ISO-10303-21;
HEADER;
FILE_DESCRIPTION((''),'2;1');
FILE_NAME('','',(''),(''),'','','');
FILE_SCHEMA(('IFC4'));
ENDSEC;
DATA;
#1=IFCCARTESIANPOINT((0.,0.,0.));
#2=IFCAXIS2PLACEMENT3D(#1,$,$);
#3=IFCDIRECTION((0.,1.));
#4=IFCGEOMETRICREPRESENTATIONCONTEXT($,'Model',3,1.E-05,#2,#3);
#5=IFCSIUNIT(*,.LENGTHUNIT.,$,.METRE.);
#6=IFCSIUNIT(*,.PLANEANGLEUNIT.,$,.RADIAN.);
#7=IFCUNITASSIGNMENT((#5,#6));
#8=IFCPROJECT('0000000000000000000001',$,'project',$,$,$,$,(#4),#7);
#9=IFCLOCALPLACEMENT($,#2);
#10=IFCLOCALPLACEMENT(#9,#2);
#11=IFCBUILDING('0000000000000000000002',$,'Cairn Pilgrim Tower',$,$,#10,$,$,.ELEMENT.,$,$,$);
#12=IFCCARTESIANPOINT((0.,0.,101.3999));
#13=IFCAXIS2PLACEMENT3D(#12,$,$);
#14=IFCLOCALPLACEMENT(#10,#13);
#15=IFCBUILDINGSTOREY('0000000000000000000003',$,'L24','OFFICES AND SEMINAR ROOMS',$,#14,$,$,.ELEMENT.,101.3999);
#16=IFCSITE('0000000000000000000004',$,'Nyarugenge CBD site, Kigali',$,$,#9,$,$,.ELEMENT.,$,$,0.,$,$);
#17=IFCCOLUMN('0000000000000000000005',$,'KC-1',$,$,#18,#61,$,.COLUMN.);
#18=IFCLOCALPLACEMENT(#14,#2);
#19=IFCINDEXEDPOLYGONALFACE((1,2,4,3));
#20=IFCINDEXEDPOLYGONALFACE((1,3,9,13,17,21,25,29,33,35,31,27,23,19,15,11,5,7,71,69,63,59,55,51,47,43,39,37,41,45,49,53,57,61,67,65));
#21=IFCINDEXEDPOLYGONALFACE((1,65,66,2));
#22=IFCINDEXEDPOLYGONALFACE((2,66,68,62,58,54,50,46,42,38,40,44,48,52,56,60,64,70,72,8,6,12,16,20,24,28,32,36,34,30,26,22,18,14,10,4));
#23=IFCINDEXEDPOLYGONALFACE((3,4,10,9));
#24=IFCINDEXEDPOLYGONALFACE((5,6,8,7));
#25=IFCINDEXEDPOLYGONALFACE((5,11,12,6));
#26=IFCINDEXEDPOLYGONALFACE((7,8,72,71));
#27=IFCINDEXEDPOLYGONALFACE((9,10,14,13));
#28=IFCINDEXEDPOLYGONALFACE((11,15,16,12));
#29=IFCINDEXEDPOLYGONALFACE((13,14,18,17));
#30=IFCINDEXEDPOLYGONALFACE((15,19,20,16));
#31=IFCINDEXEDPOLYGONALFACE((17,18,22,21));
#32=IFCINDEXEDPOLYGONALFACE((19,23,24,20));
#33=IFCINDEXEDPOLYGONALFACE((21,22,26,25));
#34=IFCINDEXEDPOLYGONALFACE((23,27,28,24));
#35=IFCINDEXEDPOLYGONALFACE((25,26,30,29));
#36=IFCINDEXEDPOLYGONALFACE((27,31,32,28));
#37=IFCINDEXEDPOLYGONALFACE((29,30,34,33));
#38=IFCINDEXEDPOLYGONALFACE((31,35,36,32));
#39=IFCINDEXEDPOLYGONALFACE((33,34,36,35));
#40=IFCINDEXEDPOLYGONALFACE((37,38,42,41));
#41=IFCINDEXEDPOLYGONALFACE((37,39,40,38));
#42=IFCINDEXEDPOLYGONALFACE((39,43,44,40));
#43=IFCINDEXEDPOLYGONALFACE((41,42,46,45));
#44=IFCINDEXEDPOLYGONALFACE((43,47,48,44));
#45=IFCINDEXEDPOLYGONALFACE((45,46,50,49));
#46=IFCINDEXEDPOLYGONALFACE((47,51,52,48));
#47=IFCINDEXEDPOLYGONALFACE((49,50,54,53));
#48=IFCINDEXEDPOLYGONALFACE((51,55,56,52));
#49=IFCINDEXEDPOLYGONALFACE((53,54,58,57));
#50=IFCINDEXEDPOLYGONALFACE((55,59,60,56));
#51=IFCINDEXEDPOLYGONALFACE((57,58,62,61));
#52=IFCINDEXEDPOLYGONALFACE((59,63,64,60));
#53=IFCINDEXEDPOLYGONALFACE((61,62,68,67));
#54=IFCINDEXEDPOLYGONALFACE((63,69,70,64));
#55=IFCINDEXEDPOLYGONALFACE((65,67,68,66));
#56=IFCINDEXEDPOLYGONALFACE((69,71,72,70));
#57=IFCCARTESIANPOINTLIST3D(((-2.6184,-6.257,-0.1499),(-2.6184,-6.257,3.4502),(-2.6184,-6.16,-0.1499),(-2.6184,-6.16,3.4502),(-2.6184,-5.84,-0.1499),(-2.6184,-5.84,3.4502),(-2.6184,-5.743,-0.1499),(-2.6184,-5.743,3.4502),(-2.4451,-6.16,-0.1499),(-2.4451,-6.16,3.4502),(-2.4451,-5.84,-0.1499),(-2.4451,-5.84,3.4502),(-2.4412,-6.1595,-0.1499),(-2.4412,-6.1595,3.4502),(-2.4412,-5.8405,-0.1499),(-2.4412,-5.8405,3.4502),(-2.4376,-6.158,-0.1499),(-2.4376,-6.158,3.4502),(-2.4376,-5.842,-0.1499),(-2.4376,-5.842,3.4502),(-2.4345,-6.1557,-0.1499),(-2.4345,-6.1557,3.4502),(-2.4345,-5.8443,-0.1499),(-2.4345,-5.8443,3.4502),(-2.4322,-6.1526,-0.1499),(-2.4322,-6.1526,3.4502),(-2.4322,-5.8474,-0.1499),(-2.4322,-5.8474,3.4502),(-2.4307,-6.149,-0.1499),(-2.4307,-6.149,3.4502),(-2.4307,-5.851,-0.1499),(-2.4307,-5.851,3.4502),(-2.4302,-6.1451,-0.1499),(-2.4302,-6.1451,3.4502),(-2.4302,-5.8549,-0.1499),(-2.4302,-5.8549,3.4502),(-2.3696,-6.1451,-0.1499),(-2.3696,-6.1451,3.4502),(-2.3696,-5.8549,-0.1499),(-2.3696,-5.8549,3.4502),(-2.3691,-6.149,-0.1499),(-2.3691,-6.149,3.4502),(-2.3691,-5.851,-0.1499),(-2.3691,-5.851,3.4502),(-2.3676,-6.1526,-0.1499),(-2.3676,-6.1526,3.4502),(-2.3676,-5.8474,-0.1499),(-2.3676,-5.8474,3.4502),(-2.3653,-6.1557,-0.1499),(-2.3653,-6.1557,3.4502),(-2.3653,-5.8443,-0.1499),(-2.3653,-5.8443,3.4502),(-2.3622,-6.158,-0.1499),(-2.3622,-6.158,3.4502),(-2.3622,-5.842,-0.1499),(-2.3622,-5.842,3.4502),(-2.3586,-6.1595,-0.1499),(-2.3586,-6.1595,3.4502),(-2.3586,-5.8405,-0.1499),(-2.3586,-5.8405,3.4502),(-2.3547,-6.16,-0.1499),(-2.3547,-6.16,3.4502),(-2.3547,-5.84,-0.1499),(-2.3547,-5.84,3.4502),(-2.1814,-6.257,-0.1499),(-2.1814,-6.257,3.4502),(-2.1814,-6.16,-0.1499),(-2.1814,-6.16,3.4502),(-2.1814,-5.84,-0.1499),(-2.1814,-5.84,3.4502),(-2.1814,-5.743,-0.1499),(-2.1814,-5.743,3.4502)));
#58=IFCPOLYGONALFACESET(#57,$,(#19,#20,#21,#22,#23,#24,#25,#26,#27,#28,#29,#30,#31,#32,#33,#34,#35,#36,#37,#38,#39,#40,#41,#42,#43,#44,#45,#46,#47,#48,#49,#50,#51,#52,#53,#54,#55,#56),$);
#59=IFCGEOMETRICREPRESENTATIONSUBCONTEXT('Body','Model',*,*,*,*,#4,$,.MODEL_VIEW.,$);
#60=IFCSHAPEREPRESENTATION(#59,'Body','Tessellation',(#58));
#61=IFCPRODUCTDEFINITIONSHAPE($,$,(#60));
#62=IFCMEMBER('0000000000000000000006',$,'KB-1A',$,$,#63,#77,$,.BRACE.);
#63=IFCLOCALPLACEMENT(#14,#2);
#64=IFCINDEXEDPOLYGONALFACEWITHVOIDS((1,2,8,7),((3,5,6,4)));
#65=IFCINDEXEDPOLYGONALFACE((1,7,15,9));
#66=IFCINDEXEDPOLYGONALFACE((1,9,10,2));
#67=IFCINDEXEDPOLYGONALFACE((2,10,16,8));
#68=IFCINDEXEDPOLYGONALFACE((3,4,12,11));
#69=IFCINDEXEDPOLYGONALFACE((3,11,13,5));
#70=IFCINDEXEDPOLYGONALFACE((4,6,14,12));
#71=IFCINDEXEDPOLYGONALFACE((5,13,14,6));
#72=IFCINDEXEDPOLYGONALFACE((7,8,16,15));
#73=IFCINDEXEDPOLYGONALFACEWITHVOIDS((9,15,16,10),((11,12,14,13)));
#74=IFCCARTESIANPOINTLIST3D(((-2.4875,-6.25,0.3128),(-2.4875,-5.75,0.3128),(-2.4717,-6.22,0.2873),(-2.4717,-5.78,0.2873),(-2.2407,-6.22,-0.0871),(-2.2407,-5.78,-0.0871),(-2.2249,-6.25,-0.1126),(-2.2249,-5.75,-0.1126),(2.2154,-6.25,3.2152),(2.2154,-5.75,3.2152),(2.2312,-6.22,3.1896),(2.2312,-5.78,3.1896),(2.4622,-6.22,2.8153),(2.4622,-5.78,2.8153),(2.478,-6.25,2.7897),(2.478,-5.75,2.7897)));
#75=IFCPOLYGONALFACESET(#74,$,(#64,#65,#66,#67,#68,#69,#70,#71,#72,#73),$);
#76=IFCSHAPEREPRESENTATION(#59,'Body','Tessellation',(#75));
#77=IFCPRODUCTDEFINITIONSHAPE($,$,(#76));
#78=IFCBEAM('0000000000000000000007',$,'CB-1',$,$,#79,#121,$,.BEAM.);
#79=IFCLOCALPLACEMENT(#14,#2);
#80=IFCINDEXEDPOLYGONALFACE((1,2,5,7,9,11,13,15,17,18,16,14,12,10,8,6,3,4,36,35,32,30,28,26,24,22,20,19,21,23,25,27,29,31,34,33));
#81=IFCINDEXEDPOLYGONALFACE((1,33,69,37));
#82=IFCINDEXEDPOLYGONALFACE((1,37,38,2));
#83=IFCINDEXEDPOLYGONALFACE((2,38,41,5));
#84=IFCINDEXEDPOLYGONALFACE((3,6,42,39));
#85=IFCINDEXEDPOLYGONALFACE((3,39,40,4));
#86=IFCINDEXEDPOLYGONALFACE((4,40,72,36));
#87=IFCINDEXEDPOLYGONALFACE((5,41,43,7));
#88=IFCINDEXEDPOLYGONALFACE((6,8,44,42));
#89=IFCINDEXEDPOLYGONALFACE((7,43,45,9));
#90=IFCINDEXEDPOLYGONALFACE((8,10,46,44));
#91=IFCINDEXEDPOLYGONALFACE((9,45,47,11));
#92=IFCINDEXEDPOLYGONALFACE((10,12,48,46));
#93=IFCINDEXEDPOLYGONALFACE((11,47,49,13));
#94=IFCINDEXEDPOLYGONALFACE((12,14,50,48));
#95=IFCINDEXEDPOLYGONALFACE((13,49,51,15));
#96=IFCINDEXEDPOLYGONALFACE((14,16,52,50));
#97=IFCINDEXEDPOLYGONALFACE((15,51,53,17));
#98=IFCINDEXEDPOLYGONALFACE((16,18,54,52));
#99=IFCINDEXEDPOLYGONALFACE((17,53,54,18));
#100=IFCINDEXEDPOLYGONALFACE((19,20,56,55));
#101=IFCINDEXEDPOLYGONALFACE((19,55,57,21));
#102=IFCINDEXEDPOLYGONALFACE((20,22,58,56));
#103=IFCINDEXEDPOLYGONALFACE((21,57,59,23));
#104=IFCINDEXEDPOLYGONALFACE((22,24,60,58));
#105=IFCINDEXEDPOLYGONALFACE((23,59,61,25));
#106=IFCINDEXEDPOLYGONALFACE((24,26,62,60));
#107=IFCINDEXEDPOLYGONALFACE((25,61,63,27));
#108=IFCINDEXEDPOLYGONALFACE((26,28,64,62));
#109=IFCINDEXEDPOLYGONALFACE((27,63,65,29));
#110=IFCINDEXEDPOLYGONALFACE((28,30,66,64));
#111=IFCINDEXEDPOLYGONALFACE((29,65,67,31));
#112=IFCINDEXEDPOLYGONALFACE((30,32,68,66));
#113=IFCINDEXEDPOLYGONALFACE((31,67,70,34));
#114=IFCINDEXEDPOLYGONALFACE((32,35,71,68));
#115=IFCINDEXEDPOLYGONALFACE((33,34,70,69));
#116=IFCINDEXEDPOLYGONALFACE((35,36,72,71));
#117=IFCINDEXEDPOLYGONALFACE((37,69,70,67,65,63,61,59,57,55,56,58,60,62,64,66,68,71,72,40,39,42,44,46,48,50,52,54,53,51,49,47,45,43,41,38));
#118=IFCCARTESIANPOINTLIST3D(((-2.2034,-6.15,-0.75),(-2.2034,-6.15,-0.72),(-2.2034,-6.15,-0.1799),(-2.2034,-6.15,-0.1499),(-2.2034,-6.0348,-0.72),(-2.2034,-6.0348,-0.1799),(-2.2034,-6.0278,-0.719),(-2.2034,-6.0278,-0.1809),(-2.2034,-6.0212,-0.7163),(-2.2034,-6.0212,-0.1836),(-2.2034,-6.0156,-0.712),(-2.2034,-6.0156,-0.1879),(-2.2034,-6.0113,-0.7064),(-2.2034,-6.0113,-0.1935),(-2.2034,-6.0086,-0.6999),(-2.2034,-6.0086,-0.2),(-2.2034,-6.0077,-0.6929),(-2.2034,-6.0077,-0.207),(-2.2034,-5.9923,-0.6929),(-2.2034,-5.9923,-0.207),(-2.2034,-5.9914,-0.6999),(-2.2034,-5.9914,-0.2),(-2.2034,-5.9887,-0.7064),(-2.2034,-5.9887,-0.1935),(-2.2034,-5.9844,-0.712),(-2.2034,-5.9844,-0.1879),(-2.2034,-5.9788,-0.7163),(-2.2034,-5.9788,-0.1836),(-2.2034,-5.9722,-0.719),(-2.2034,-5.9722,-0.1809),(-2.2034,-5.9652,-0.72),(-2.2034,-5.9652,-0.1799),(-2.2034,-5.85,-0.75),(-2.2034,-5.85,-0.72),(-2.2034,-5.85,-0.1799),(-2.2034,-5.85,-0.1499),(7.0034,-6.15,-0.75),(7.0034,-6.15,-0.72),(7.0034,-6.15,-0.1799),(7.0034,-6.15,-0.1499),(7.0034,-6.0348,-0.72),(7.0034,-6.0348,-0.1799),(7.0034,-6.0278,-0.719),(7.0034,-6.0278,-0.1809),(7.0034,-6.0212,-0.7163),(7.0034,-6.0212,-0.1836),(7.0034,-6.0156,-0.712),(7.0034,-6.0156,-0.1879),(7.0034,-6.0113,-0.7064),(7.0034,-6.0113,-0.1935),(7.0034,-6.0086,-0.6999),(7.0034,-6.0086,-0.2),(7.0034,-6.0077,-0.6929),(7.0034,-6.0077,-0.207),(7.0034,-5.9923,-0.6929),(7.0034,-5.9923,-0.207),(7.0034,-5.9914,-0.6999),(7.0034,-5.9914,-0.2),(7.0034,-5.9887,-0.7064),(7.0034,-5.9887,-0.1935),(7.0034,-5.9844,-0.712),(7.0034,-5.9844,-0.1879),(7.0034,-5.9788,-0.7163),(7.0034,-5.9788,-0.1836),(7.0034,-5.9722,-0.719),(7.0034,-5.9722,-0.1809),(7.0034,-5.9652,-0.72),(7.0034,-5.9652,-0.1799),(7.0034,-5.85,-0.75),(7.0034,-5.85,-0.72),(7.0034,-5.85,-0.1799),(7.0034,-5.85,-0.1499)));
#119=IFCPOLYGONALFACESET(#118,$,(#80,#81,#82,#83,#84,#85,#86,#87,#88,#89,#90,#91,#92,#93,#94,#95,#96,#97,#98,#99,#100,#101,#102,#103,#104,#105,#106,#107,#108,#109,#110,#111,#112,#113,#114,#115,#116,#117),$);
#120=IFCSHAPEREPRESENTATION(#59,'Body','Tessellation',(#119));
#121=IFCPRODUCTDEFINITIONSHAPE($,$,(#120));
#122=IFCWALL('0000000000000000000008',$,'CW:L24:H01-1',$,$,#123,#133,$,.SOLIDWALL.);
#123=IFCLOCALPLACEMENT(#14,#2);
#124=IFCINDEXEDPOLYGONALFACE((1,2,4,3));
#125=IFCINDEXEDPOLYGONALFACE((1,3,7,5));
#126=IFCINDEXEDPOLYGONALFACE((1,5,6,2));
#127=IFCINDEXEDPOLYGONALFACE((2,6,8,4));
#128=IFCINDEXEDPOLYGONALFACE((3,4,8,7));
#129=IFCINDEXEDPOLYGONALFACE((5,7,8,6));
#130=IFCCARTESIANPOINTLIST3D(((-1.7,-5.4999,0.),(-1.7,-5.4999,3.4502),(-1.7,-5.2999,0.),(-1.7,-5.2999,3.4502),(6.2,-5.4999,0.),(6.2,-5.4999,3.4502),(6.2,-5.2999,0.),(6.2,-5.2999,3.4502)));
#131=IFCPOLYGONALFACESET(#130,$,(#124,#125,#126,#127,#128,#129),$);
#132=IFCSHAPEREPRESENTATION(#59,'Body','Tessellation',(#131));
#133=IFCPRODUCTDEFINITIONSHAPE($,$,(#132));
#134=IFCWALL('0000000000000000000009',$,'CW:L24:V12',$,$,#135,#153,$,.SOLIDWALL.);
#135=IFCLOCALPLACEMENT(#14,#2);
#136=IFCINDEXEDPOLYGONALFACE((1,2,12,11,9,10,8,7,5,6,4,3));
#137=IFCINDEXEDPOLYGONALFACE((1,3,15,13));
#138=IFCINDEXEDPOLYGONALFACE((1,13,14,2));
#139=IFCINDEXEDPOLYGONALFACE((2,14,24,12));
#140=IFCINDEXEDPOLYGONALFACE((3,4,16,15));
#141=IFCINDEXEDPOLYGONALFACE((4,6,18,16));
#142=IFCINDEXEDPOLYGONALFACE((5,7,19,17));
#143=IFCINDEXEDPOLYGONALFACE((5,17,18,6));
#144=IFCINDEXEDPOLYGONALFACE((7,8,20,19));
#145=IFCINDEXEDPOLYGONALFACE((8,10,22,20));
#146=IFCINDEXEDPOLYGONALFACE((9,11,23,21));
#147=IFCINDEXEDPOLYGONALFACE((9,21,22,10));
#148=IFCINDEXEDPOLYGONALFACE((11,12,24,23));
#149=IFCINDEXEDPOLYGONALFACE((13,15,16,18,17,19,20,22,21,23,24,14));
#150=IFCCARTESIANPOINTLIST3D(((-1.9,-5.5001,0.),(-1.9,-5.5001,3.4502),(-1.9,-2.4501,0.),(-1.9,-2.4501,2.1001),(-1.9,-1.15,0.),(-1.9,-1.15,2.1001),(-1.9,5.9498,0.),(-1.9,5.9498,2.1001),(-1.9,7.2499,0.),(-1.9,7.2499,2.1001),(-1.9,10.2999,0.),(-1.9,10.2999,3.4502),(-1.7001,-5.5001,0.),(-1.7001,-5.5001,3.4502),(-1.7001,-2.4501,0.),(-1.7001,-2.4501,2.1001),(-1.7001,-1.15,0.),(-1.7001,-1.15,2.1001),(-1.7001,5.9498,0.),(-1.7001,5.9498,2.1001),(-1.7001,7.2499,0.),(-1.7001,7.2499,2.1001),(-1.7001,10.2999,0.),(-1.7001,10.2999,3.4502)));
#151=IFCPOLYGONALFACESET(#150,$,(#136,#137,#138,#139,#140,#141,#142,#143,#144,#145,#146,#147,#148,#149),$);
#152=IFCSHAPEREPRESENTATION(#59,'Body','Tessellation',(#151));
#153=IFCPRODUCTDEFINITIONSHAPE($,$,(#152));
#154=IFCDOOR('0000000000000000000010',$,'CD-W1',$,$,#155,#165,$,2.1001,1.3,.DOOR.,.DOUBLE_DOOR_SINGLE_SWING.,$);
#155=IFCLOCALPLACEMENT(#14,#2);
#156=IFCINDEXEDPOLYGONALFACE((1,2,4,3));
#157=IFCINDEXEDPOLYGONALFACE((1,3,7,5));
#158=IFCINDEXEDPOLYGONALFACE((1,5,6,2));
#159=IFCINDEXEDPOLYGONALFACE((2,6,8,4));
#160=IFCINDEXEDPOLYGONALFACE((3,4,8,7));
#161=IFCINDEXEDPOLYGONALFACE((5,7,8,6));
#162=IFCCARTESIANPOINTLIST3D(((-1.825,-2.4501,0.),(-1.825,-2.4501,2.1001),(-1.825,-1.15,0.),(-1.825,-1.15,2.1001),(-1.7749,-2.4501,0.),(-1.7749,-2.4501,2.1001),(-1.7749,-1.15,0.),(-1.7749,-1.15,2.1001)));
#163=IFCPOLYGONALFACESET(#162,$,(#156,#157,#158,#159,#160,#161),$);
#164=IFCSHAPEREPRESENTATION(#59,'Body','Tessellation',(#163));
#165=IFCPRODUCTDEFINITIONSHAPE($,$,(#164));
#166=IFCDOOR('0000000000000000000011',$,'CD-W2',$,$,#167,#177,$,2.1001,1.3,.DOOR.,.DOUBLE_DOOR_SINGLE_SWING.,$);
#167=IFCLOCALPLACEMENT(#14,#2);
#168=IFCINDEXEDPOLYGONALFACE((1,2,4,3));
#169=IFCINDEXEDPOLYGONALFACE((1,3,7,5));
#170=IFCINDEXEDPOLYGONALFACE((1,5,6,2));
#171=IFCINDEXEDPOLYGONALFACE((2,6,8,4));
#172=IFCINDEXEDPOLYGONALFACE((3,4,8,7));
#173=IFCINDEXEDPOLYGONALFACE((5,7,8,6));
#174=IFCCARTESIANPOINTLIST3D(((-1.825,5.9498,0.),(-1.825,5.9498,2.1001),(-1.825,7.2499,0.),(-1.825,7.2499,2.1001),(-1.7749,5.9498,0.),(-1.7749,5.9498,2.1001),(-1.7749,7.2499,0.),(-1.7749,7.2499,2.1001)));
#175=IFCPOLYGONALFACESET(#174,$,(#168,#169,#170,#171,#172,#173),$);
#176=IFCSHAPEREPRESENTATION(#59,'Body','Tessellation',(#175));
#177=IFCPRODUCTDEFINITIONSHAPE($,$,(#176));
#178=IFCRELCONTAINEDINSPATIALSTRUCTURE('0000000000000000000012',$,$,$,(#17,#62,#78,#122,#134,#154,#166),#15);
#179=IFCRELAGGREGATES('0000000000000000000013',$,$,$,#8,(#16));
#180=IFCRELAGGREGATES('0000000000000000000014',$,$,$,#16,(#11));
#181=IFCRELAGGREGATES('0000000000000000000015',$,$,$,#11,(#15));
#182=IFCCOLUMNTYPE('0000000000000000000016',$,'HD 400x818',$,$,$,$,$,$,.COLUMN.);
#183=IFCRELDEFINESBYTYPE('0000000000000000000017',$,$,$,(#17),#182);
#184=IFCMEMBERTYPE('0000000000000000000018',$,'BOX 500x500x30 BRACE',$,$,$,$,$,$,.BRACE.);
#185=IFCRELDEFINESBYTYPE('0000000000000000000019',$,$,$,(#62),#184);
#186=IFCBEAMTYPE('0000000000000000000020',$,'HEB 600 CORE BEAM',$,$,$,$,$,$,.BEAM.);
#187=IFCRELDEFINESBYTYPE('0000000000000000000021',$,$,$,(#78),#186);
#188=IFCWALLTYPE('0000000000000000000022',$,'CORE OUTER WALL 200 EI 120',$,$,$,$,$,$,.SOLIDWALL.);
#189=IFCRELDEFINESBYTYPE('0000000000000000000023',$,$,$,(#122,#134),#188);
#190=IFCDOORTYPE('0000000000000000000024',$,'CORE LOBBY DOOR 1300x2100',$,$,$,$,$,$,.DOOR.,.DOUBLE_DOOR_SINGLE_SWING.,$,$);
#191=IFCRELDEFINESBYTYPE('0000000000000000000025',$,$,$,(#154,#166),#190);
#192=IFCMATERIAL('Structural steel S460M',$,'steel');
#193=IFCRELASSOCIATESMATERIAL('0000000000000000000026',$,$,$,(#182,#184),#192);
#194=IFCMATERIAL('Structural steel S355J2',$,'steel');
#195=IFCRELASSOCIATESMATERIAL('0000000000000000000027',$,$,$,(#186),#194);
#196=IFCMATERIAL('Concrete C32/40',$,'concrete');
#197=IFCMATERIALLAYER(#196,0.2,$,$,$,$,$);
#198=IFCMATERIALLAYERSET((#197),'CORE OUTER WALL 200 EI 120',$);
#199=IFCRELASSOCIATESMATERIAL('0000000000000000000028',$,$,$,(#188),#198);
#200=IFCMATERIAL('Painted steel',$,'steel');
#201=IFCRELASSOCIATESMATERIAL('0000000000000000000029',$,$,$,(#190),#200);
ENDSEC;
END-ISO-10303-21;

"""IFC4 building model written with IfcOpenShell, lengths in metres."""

from ifc_helpers import new_model, si_unit, direction, frame, frame_2d, origin, origin_2d, place, context, subcontext, project, spatial, rectangle, hollow_rectangle, i_section, extrude, material, layer, layer_set, material_profile, profile_set, type_object, element, fill, save


model = new_model("IFC4")

# Units and contexts
model_context = context("Model", 3, precision=1e-05, world=origin(), true_north=direction((0.0, 1.0)))
body_context = subcontext(model_context, "Body", "Model", "MODEL_VIEW")
ifc_project = project(units=[si_unit("LENGTHUNIT", "METRE"), si_unit("PLANEANGLEUNIT", "RADIAN")], contexts=[model_context])

# Site, building, storey
site_placement = place(None, origin())
site = spatial("IfcSite", under=ifc_project, at=site_placement, Name="Nyarugenge CBD site, Kigali", CompositionType="ELEMENT", RefElevation=0.0)
building_placement = place(site_placement, origin())
building = spatial("IfcBuilding", under=site, at=building_placement, Name="Cairn Pilgrim Tower", CompositionType="ELEMENT")
storey_placement = place(building_placement, frame((0.0, 0.0, 101.3999)))
storey = spatial("IfcBuildingStorey", under=building, at=storey_placement, Name="L24", Description="OFFICES AND SEMINAR ROOMS", CompositionType="ELEMENT", Elevation=101.3999)

# Column
ifc_material_1 = material(Name="Structural steel S460M", Category="steel")
ifc_material_profile_1 = material_profile(ifc_material_1, i_section(OverallWidth=0.437, OverallDepth=0.5139, WebThickness=0.0605, FlangeThickness=0.0969, FilletRadius=0.0149, at=origin_2d()), Name="HD 400x818")
ifc_profile_set_1 = profile_set([ifc_material_profile_1], Name="Structural steel S460M")
column_type = type_object("IfcColumnType", Name="HD 400x818", PredefinedType="COLUMN", material=ifc_profile_set_1)
column_placement = place(storey_placement, frame((-2.3999, -6.0, -0.1499), z_axis=(0.0, 0.0, 1.0), x_axis=(1.0, 0.0, 0.0)))
element("IfcColumn", 1, at=column_placement, inside=storey, type_object=column_type, Name="KC-1", PredefinedType="COLUMN", context=body_context, shape_type="SweptSolid", body=[
    extrude(i_section(OverallWidth=0.437, OverallDepth=0.5139, WebThickness=0.0605, FlangeThickness=0.0969, FilletRadius=0.0149, at=origin_2d()), origin(), (0.0, 0.0, 1.0), 3.6001),
])

# Member
ifc_material_profile_2 = material_profile(ifc_material_1, hollow_rectangle(XDim=0.5, YDim=0.5, WallThickness=0.03, at=origin_2d()), Name="BOX 500x500x30")
ifc_profile_set_2 = profile_set([ifc_material_profile_2], Name="Structural steel S460M")
member_type = type_object("IfcMemberType", Name="BOX 500x500x30 BRACE", PredefinedType="BRACE", material=ifc_profile_set_2)
member_placement = place(storey_placement, frame((-2.3562, -6.0, 0.1001), z_axis=(0.85099, 0.0, 0.525182), x_axis=(0.0, 1.0, 0.0)))
element("IfcMember", 2, at=member_placement, inside=storey, type_object=member_type, Name="KB-1A", PredefinedType="BRACE", context=body_context, shape_type="SweptSolid", body=[
    extrude(hollow_rectangle(XDim=0.5, YDim=0.5, WallThickness=0.03, at=origin_2d()), origin(), (0.0, 0.0, 1.0), 5.5264),
])

# Beam
ifc_material_2 = material(Name="Structural steel S355J2", Category="steel")
ifc_material_profile_3 = material_profile(ifc_material_2, i_section(OverallWidth=0.3, OverallDepth=0.6001, WebThickness=0.0154, FlangeThickness=0.03, FilletRadius=0.0271, at=origin_2d()), Name="HEB 600")
ifc_profile_set_3 = profile_set([ifc_material_profile_3], Name="Structural steel S355J2")
beam_type = type_object("IfcBeamType", Name="HEB 600 CORE BEAM", PredefinedType="BEAM", material=ifc_profile_set_3)
beam_placement = place(storey_placement, frame((-2.2034, -6.0, -0.45), z_axis=(1.0, 0.0, 0.0), x_axis=(0.0, 1.0, 0.0)))
element("IfcBeam", 3, at=beam_placement, inside=storey, type_object=beam_type, Name="CB-1", PredefinedType="BEAM", context=body_context, shape_type="SweptSolid", body=[
    extrude(i_section(OverallWidth=0.3, OverallDepth=0.6001, WebThickness=0.0154, FlangeThickness=0.03, FilletRadius=0.0271, at=origin_2d()), origin(), (0.0, 0.0, 1.0), 9.2068),
])

# Wall
ifc_material_3 = material(Name="Concrete C32/40", Category="concrete")
ifc_layer_1 = layer(ifc_material_3, 0.2)
ifc_layer_set_1 = layer_set([ifc_layer_1], Name="CORE OUTER WALL 200 EI 120")
wall_type_1 = type_object("IfcWallType", Name="CORE OUTER WALL 200 EI 120", PredefinedType="SOLIDWALL", material=ifc_layer_set_1)
wall_1_placement = place(storey_placement, frame((-1.7, -5.3999, 0.0), z_axis=(0.0, 0.0, 1.0), x_axis=(1.0, 0.0, 0.0)))
element("IfcWall", 4, at=wall_1_placement, inside=storey, type_object=wall_type_1, Name="CW:L24:H01-1", PredefinedType="SOLIDWALL", context=body_context, shape_type="SweptSolid", body=[
    extrude(rectangle(XDim=7.8999, YDim=0.2, at=frame_2d((3.95, 0.0))), origin(), (0.0, 0.0, 1.0), 3.4502),
])

# Wall, openings, doors
wall_2_placement = place(storey_placement, frame((-1.8, -5.5, 0.0), z_axis=(0.0, 0.0, 1.0), x_axis=(0.0, 1.0, 0.0)))
wall_2 = element("IfcWall", 5, at=wall_2_placement, inside=storey, type_object=wall_type_1, Name="CW:L24:V12", PredefinedType="SOLIDWALL", context=body_context, shape_type="SweptSolid", body=[
    extrude(rectangle(XDim=15.8, YDim=0.2, at=frame_2d((7.8999, 0.0))), origin(), (0.0, 0.0, 1.0), 3.4502),
])
opening_1_placement = place(wall_2_placement, frame((3.05, 0.0, 0.0)))
opening_1 = element("IfcOpeningElement", 6, at=opening_1_placement, cuts=wall_2, PredefinedType="OPENING", context=body_context, shape_type="SweptSolid", body=[
    extrude(rectangle(XDim=1.3, YDim=2.1001, at=frame_2d((0.6499, 1.05))), frame((0.0, 0.1099, 0.0), z_axis=(0.0, -1.0, 0.0), x_axis=(1.0, 0.0, 0.0)), (0.0, 0.0, 1.0), 0.22),
])
opening_2_placement = place(wall_2_placement, frame((11.45, 0.0, 0.0)))
opening_2 = element("IfcOpeningElement", 7, at=opening_2_placement, cuts=wall_2, PredefinedType="OPENING", context=body_context, shape_type="SweptSolid", body=[
    extrude(rectangle(XDim=1.3, YDim=2.1001, at=frame_2d((0.6499, 1.05))), frame((0.0, 0.1099, 0.0), z_axis=(0.0, -1.0, 0.0), x_axis=(1.0, 0.0, 0.0)), (0.0, 0.0, 1.0), 0.22),
])
ifc_material_4 = material(Name="Painted steel", Category="steel")
door_type_1 = type_object("IfcDoorType", Name="CORE LOBBY DOOR 1300x2100", OperationType="DOUBLE_DOOR_SINGLE_SWING", PredefinedType="DOOR", material=ifc_material_4)
door_1_placement = place(opening_1_placement, origin())
door_1 = element("IfcDoor", 8, at=door_1_placement, inside=storey, type_object=door_type_1, Name="CD-W1", OperationType="DOUBLE_DOOR_SINGLE_SWING", OverallHeight=2.1001, OverallWidth=1.3, PredefinedType="DOOR", context=body_context, shape_type="SweptSolid", body=[
    extrude(rectangle(XDim=1.3, YDim=2.1001, at=frame_2d((0.6499, 1.05))), frame((0.0, 0.0249, 0.0), z_axis=(0.0, -1.0, 0.0), x_axis=(1.0, 0.0, 0.0)), (0.0, 0.0, 1.0), 0.05),
])
fill(opening_1, door_1)
door_2_placement = place(opening_2_placement, origin())
door_2 = element("IfcDoor", 9, at=door_2_placement, inside=storey, type_object=door_type_1, Name="CD-W2", OperationType="DOUBLE_DOOR_SINGLE_SWING", OverallHeight=2.1001, OverallWidth=1.3, PredefinedType="DOOR", context=body_context, shape_type="SweptSolid", body=[
    extrude(rectangle(XDim=1.3, YDim=2.1001, at=frame_2d((0.6499, 1.05))), frame((0.0, 0.0249, 0.0), z_axis=(0.0, -1.0, 0.0), x_axis=(1.0, 0.0, 0.0)), (0.0, 0.0, 1.0), 0.05),
])
fill(opening_2, door_2)

save(model, "model.ifc")
